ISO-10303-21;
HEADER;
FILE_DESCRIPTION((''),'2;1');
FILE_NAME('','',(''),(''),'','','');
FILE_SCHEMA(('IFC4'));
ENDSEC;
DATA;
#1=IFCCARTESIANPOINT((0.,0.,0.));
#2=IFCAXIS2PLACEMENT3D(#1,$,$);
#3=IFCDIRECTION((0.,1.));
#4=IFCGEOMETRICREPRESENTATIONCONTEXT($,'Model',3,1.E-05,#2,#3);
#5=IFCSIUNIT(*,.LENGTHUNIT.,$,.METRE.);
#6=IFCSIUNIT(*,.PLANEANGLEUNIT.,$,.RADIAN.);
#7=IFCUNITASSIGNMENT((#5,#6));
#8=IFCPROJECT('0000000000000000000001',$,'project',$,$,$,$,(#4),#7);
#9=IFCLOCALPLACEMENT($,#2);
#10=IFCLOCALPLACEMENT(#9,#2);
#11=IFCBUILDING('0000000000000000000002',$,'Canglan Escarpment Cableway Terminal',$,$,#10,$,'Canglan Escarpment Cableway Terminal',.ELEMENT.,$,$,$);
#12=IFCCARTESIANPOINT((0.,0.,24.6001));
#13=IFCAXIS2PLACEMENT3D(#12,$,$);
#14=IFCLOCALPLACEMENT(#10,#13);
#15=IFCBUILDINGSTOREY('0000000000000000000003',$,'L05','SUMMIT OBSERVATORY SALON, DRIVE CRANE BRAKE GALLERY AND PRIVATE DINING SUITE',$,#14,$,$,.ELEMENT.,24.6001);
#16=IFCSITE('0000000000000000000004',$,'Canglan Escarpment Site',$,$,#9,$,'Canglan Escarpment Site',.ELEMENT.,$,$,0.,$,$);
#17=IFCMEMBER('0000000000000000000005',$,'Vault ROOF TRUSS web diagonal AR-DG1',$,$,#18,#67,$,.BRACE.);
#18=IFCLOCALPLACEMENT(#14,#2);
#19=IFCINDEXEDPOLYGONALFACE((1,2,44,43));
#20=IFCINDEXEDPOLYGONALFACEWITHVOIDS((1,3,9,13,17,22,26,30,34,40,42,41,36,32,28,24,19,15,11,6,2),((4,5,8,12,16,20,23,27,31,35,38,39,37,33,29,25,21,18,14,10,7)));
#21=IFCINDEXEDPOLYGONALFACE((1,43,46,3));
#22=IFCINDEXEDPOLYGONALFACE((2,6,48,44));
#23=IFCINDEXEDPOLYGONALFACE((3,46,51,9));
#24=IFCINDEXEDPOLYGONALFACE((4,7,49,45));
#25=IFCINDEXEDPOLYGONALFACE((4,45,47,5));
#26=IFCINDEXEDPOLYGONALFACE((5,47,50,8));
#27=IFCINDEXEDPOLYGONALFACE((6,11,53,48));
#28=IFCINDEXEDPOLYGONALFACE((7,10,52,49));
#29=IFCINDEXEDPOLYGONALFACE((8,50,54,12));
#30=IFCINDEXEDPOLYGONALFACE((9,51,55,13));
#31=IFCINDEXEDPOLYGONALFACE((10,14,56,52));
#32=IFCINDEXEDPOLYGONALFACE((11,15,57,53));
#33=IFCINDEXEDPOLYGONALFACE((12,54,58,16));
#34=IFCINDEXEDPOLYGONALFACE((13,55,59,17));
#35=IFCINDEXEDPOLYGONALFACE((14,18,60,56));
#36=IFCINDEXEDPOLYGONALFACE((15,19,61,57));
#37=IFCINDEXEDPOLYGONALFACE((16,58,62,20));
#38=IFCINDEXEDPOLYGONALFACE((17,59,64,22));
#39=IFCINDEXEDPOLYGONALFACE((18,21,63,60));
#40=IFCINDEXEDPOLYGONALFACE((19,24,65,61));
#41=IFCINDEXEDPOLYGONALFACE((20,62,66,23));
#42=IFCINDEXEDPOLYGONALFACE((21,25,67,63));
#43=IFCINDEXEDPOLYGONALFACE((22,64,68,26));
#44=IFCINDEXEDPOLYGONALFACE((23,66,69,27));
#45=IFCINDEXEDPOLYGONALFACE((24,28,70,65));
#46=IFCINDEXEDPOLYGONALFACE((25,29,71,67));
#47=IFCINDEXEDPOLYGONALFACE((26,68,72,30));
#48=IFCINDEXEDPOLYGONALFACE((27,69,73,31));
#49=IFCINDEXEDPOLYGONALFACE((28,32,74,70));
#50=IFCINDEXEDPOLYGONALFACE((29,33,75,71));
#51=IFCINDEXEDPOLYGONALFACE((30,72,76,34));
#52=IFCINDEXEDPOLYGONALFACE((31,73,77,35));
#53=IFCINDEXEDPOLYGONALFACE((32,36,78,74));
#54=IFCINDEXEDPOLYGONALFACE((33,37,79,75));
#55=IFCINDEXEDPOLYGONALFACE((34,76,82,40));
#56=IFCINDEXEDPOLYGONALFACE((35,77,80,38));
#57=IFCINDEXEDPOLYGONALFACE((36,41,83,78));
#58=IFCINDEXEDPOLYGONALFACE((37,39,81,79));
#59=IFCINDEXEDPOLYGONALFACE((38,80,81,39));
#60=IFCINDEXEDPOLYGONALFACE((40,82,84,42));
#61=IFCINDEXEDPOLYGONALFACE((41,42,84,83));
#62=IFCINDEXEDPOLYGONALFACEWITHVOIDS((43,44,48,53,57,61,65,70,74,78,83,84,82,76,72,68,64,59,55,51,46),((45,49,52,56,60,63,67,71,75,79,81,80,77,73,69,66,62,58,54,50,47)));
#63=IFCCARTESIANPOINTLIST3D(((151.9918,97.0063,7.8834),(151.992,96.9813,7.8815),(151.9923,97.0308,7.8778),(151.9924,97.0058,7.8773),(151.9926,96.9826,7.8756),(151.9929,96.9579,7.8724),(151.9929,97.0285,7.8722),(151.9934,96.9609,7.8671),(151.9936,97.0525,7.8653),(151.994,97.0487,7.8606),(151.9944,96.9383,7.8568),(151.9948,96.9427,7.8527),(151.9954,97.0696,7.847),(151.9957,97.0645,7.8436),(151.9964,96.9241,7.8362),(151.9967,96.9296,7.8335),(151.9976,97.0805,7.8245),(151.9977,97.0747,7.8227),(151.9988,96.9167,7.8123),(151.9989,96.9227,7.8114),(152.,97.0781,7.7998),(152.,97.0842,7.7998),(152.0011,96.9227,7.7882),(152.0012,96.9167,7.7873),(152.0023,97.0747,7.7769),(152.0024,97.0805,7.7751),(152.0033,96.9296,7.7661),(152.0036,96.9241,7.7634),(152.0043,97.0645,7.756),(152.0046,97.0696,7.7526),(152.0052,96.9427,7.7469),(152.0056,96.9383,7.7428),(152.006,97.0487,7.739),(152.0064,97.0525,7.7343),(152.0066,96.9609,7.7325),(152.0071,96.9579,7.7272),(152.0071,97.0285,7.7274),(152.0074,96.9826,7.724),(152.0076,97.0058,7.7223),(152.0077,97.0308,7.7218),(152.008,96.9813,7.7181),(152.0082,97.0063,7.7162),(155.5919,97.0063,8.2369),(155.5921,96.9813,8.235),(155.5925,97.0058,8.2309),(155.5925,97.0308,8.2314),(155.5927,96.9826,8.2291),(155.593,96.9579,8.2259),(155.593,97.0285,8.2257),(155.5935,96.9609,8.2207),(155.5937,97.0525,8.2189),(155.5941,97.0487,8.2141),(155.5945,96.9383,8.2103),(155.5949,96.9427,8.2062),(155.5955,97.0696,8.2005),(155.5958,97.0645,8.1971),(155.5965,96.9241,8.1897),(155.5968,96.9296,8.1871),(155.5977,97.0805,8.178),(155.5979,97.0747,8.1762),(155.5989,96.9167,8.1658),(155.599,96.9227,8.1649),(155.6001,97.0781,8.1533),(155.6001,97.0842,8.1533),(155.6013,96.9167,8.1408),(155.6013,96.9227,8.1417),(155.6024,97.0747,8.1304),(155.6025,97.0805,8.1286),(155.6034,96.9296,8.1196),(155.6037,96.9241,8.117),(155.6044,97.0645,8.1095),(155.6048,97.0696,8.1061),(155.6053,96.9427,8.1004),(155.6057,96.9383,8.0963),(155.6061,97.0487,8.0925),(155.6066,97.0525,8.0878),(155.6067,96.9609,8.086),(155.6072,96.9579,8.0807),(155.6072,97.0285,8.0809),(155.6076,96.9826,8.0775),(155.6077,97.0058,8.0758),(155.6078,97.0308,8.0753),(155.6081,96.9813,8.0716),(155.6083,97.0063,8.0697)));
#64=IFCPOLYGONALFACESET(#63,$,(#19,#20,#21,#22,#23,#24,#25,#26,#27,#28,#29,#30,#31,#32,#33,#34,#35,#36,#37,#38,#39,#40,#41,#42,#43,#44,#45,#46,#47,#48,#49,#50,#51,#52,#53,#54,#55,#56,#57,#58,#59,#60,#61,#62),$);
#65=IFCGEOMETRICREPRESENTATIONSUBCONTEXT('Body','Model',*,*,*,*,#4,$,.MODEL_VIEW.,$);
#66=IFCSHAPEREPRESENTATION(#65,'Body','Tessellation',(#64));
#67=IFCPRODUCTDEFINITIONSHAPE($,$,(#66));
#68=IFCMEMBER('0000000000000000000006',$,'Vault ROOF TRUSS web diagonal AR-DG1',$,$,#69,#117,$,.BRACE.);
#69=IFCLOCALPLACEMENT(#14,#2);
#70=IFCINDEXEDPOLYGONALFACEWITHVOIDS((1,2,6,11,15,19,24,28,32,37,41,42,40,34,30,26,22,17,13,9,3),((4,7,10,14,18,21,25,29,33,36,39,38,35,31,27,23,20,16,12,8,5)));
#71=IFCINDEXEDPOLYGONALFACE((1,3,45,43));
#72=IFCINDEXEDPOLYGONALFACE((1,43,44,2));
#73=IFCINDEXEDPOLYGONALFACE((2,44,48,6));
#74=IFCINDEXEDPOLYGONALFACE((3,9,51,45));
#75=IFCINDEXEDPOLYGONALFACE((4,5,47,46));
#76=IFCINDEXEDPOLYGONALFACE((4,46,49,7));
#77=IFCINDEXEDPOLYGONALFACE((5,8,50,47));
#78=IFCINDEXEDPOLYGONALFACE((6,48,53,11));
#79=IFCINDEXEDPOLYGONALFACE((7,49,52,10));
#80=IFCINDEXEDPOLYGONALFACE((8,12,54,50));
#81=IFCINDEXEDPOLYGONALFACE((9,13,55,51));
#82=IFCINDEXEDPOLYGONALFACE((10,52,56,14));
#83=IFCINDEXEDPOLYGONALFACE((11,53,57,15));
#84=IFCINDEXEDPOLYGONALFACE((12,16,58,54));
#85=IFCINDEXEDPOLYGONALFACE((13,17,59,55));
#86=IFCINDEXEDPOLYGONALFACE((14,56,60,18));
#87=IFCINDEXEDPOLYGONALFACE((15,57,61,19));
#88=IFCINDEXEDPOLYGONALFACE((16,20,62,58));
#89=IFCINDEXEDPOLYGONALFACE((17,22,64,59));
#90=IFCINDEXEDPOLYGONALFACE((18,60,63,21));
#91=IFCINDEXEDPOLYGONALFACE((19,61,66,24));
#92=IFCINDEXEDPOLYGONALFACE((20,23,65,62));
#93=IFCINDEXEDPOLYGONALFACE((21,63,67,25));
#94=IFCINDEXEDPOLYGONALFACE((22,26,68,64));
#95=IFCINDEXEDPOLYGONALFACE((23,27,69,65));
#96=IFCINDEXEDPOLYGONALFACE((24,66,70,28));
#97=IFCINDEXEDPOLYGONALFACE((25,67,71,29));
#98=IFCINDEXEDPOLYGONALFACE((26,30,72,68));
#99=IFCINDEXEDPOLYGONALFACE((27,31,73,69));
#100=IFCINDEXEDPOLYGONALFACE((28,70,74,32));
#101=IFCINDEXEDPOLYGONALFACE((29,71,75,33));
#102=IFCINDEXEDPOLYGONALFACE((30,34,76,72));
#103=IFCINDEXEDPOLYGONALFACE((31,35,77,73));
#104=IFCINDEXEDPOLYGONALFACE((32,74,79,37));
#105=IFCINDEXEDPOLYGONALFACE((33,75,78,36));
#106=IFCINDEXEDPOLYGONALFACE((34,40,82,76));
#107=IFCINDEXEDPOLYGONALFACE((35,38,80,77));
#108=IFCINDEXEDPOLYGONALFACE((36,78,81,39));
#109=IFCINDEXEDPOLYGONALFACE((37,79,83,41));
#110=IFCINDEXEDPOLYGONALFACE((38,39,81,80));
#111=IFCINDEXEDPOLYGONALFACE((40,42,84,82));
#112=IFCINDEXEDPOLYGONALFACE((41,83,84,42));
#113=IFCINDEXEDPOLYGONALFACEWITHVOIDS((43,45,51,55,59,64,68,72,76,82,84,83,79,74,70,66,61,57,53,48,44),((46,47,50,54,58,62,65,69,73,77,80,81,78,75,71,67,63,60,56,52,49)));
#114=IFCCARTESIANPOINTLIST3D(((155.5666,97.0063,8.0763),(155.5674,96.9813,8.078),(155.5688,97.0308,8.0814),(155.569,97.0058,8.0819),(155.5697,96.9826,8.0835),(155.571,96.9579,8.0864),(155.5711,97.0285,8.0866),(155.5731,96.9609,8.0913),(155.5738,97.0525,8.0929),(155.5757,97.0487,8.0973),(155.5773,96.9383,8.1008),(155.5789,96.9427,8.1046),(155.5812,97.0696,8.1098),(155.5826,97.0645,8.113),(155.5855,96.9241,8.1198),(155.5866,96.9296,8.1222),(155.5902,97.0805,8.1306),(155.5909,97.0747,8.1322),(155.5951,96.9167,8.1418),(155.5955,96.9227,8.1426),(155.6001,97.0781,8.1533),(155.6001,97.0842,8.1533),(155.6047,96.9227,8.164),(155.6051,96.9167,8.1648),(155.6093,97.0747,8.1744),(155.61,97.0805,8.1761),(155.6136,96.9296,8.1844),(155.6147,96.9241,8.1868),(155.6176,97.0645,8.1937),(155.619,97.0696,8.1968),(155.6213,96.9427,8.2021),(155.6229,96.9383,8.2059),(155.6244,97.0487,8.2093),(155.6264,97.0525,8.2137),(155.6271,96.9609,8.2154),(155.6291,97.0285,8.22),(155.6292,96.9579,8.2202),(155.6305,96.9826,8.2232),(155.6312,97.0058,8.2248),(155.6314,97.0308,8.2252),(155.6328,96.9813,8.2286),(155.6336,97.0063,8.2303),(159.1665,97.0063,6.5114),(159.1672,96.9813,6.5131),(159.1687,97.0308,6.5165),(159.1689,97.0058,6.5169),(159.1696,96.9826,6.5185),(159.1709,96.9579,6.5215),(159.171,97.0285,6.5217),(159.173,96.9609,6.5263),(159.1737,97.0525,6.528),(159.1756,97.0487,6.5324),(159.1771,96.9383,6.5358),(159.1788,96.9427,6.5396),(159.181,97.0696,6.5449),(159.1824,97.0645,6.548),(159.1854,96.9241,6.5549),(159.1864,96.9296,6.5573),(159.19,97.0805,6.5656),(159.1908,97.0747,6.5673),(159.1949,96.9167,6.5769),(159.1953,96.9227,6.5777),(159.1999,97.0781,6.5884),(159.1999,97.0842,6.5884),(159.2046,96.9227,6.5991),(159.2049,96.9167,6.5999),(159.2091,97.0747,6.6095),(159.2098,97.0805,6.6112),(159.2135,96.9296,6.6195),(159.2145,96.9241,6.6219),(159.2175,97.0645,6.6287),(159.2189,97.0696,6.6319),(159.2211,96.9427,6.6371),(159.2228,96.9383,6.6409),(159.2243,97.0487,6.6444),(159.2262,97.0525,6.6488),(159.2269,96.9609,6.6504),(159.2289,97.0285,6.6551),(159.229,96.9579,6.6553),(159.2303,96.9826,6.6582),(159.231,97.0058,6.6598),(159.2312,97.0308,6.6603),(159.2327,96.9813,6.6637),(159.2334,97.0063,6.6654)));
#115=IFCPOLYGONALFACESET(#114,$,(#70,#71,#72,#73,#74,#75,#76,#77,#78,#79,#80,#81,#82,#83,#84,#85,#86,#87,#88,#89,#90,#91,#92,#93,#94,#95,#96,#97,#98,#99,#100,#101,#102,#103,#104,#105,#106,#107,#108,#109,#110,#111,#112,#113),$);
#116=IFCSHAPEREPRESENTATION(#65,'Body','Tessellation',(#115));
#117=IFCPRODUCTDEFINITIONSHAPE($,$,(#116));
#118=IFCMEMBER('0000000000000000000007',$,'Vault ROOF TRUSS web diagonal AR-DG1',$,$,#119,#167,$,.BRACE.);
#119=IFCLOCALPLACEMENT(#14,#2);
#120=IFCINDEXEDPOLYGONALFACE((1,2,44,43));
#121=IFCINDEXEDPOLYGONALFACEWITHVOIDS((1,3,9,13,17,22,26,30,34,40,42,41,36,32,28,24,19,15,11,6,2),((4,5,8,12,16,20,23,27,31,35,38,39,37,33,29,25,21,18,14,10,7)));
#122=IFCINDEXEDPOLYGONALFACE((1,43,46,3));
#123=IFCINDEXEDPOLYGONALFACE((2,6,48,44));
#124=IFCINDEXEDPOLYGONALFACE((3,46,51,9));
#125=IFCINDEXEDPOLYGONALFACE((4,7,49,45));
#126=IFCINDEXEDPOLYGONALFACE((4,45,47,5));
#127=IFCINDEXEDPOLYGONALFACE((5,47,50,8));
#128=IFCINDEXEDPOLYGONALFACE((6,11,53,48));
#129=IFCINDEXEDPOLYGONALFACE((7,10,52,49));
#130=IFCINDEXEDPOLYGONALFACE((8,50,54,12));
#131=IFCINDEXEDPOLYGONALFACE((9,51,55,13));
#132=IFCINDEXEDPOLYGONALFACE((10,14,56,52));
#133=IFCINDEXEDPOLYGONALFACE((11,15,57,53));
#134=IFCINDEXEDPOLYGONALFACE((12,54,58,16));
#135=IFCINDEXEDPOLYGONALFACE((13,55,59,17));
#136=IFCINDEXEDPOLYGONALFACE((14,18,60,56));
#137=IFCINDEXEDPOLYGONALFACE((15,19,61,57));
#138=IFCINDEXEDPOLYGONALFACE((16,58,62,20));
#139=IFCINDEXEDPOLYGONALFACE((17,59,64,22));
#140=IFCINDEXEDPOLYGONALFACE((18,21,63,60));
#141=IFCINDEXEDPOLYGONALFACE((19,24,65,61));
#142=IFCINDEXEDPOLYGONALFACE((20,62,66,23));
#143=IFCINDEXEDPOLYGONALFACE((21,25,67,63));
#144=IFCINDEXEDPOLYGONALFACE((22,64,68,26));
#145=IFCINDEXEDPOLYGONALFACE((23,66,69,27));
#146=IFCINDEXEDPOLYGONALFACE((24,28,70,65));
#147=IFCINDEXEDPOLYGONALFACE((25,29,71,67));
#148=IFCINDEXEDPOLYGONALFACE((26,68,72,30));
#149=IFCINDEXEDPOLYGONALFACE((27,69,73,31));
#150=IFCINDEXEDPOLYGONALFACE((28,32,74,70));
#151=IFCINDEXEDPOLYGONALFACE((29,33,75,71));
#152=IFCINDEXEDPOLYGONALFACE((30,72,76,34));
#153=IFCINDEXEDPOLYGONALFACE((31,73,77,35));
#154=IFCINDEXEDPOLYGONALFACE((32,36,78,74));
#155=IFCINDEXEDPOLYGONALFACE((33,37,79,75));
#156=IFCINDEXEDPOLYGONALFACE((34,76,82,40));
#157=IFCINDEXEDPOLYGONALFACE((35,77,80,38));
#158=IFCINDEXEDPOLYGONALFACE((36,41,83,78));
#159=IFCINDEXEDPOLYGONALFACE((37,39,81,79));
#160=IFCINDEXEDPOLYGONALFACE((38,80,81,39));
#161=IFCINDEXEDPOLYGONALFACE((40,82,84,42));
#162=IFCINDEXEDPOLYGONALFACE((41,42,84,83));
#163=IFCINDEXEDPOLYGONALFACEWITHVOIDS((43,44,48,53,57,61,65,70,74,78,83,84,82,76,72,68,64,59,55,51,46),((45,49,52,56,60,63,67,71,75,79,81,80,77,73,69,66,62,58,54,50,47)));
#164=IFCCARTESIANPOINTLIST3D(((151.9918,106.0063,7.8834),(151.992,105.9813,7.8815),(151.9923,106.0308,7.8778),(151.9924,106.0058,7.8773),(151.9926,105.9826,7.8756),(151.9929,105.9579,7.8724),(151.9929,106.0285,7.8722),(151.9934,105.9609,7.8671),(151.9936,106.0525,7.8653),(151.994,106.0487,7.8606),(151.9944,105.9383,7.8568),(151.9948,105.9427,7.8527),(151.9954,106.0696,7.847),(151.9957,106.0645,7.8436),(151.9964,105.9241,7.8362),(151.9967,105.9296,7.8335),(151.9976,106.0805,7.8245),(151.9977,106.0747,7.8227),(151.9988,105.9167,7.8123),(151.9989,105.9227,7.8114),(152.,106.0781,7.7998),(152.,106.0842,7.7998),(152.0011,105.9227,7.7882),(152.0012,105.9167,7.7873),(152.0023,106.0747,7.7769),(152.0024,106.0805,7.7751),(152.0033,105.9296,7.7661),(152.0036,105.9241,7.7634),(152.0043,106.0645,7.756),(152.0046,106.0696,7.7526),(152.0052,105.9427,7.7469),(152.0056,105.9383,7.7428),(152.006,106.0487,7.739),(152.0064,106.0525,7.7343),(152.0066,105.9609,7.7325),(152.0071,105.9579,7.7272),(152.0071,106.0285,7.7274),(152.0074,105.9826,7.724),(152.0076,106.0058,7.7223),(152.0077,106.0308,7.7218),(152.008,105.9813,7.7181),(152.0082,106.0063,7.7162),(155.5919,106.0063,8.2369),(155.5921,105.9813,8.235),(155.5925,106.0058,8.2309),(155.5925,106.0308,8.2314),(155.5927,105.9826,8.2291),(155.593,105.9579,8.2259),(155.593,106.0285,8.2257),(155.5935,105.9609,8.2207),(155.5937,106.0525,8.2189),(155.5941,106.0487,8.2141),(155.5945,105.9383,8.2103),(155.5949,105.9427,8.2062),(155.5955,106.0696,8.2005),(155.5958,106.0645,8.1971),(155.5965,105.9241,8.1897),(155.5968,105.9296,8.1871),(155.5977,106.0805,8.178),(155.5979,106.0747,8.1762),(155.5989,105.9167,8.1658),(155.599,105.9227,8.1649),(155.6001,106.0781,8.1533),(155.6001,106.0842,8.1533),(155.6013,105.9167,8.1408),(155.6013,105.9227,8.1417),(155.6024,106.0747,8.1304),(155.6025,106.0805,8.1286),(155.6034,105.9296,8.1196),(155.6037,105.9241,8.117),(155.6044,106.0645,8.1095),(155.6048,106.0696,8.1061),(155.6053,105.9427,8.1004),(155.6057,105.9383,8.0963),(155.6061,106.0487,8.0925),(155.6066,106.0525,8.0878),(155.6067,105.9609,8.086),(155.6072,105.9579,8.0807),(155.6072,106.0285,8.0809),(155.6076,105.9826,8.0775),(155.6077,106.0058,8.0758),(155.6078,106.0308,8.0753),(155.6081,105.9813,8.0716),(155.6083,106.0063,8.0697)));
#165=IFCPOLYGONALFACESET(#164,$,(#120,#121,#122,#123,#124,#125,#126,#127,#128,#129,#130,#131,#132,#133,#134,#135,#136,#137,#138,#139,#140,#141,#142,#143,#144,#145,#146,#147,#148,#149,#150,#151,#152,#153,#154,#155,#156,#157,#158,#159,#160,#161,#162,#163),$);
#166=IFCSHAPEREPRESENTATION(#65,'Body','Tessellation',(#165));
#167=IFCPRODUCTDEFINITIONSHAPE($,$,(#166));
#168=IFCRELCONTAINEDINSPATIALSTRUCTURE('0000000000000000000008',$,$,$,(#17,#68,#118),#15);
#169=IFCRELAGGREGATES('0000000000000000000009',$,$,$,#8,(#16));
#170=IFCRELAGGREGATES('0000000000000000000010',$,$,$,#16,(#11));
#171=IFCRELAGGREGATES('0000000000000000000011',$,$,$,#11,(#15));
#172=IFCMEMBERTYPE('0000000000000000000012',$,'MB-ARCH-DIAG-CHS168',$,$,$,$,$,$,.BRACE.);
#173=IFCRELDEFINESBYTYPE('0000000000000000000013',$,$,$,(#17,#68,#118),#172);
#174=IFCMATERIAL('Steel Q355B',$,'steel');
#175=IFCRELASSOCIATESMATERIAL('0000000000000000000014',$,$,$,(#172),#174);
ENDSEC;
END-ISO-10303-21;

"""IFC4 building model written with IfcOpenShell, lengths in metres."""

from ifc_helpers import new_model, si_unit, direction, frame, origin, origin_2d, place, context, subcontext, project, spatial, hollow_circle, extrude, material, material_profile, profile_set, type_object, element, save


model = new_model("IFC4")

# Units and contexts
model_context = context("Model", 3, precision=1e-05, world=origin(), true_north=direction((0.0, 1.0)))
body_context = subcontext(model_context, "Body", "Model", "MODEL_VIEW")
ifc_project = project(units=[si_unit("LENGTHUNIT", "METRE"), si_unit("PLANEANGLEUNIT", "RADIAN")], contexts=[model_context])

# Site, building, storey
site_placement = place(None, origin())
site = spatial("IfcSite", under=ifc_project, at=site_placement, Name="Canglan Escarpment Site", LongName="Canglan Escarpment Site", CompositionType="ELEMENT", RefElevation=0.0)
building_placement = place(site_placement, origin())
building = spatial("IfcBuilding", under=site, at=building_placement, Name="Canglan Escarpment Cableway Terminal", LongName="Canglan Escarpment Cableway Terminal", CompositionType="ELEMENT")
storey_placement = place(building_placement, frame((0.0, 0.0, 24.6001)))
storey = spatial("IfcBuildingStorey", under=building, at=storey_placement, Name="L05", Description="SUMMIT OBSERVATORY SALON, DRIVE CRANE BRAKE GALLERY AND PRIVATE DINING SUITE", CompositionType="ELEMENT", Elevation=24.6001)

# Shared definitions
ifc_material = material(Name="Steel Q355B", Category="steel")

# Members
ifc_material_profile_1 = material_profile(ifc_material, hollow_circle(Radius=0.0842, WallThickness=0.0061, at=origin_2d()), Name="CHS 168.3x6")
ifc_profile_set_1 = profile_set([ifc_material_profile_1], Name="Steel Q355B")
member_type_1 = type_object("IfcMemberType", Name="MB-ARCH-DIAG-CHS168", PredefinedType="BRACE", material=ifc_profile_set_1)
member_1_placement = place(storey_placement, frame((152.0, 97.0, 7.7998), z_axis=(0.995213, 0.0, 0.097726), x_axis=(0.0, 1.0, 0.0)))
element("IfcMember", 1, at=member_1_placement, inside=storey, type_object=member_type_1, Name="Vault ROOF TRUSS web diagonal AR-DG1", PredefinedType="BRACE", context=body_context, shape_type="SweptSolid", body=[
    extrude(hollow_circle(Radius=0.0842, WallThickness=0.0061, at=origin_2d()), origin(), (0.0, 0.0, 1.0), 3.6174),
])
member_2_placement = place(storey_placement, frame((155.6001, 97.0, 8.1533), z_axis=(0.91709, 0.0, -0.398681), x_axis=(0.0, 1.0, 0.0)))
element("IfcMember", 2, at=member_2_placement, inside=storey, type_object=member_type_1, Name="Vault ROOF TRUSS web diagonal AR-DG1", PredefinedType="BRACE", context=body_context, shape_type="SweptSolid", body=[
    extrude(hollow_circle(Radius=0.0842, WallThickness=0.0061, at=origin_2d()), origin(), (0.0, 0.0, 1.0), 3.9253),
])
member_3_placement = place(storey_placement, frame((152.0, 106.0, 7.7998), z_axis=(0.995213, 0.0, 0.097726), x_axis=(0.0, 1.0, 0.0)))
element("IfcMember", 3, at=member_3_placement, inside=storey, type_object=member_type_1, Name="Vault ROOF TRUSS web diagonal AR-DG1", PredefinedType="BRACE", context=body_context, shape_type="SweptSolid", body=[
    extrude(hollow_circle(Radius=0.0842, WallThickness=0.0061, at=origin_2d()), origin(), (0.0, 0.0, 1.0), 3.6174),
])

save(model, "model.ifc")
